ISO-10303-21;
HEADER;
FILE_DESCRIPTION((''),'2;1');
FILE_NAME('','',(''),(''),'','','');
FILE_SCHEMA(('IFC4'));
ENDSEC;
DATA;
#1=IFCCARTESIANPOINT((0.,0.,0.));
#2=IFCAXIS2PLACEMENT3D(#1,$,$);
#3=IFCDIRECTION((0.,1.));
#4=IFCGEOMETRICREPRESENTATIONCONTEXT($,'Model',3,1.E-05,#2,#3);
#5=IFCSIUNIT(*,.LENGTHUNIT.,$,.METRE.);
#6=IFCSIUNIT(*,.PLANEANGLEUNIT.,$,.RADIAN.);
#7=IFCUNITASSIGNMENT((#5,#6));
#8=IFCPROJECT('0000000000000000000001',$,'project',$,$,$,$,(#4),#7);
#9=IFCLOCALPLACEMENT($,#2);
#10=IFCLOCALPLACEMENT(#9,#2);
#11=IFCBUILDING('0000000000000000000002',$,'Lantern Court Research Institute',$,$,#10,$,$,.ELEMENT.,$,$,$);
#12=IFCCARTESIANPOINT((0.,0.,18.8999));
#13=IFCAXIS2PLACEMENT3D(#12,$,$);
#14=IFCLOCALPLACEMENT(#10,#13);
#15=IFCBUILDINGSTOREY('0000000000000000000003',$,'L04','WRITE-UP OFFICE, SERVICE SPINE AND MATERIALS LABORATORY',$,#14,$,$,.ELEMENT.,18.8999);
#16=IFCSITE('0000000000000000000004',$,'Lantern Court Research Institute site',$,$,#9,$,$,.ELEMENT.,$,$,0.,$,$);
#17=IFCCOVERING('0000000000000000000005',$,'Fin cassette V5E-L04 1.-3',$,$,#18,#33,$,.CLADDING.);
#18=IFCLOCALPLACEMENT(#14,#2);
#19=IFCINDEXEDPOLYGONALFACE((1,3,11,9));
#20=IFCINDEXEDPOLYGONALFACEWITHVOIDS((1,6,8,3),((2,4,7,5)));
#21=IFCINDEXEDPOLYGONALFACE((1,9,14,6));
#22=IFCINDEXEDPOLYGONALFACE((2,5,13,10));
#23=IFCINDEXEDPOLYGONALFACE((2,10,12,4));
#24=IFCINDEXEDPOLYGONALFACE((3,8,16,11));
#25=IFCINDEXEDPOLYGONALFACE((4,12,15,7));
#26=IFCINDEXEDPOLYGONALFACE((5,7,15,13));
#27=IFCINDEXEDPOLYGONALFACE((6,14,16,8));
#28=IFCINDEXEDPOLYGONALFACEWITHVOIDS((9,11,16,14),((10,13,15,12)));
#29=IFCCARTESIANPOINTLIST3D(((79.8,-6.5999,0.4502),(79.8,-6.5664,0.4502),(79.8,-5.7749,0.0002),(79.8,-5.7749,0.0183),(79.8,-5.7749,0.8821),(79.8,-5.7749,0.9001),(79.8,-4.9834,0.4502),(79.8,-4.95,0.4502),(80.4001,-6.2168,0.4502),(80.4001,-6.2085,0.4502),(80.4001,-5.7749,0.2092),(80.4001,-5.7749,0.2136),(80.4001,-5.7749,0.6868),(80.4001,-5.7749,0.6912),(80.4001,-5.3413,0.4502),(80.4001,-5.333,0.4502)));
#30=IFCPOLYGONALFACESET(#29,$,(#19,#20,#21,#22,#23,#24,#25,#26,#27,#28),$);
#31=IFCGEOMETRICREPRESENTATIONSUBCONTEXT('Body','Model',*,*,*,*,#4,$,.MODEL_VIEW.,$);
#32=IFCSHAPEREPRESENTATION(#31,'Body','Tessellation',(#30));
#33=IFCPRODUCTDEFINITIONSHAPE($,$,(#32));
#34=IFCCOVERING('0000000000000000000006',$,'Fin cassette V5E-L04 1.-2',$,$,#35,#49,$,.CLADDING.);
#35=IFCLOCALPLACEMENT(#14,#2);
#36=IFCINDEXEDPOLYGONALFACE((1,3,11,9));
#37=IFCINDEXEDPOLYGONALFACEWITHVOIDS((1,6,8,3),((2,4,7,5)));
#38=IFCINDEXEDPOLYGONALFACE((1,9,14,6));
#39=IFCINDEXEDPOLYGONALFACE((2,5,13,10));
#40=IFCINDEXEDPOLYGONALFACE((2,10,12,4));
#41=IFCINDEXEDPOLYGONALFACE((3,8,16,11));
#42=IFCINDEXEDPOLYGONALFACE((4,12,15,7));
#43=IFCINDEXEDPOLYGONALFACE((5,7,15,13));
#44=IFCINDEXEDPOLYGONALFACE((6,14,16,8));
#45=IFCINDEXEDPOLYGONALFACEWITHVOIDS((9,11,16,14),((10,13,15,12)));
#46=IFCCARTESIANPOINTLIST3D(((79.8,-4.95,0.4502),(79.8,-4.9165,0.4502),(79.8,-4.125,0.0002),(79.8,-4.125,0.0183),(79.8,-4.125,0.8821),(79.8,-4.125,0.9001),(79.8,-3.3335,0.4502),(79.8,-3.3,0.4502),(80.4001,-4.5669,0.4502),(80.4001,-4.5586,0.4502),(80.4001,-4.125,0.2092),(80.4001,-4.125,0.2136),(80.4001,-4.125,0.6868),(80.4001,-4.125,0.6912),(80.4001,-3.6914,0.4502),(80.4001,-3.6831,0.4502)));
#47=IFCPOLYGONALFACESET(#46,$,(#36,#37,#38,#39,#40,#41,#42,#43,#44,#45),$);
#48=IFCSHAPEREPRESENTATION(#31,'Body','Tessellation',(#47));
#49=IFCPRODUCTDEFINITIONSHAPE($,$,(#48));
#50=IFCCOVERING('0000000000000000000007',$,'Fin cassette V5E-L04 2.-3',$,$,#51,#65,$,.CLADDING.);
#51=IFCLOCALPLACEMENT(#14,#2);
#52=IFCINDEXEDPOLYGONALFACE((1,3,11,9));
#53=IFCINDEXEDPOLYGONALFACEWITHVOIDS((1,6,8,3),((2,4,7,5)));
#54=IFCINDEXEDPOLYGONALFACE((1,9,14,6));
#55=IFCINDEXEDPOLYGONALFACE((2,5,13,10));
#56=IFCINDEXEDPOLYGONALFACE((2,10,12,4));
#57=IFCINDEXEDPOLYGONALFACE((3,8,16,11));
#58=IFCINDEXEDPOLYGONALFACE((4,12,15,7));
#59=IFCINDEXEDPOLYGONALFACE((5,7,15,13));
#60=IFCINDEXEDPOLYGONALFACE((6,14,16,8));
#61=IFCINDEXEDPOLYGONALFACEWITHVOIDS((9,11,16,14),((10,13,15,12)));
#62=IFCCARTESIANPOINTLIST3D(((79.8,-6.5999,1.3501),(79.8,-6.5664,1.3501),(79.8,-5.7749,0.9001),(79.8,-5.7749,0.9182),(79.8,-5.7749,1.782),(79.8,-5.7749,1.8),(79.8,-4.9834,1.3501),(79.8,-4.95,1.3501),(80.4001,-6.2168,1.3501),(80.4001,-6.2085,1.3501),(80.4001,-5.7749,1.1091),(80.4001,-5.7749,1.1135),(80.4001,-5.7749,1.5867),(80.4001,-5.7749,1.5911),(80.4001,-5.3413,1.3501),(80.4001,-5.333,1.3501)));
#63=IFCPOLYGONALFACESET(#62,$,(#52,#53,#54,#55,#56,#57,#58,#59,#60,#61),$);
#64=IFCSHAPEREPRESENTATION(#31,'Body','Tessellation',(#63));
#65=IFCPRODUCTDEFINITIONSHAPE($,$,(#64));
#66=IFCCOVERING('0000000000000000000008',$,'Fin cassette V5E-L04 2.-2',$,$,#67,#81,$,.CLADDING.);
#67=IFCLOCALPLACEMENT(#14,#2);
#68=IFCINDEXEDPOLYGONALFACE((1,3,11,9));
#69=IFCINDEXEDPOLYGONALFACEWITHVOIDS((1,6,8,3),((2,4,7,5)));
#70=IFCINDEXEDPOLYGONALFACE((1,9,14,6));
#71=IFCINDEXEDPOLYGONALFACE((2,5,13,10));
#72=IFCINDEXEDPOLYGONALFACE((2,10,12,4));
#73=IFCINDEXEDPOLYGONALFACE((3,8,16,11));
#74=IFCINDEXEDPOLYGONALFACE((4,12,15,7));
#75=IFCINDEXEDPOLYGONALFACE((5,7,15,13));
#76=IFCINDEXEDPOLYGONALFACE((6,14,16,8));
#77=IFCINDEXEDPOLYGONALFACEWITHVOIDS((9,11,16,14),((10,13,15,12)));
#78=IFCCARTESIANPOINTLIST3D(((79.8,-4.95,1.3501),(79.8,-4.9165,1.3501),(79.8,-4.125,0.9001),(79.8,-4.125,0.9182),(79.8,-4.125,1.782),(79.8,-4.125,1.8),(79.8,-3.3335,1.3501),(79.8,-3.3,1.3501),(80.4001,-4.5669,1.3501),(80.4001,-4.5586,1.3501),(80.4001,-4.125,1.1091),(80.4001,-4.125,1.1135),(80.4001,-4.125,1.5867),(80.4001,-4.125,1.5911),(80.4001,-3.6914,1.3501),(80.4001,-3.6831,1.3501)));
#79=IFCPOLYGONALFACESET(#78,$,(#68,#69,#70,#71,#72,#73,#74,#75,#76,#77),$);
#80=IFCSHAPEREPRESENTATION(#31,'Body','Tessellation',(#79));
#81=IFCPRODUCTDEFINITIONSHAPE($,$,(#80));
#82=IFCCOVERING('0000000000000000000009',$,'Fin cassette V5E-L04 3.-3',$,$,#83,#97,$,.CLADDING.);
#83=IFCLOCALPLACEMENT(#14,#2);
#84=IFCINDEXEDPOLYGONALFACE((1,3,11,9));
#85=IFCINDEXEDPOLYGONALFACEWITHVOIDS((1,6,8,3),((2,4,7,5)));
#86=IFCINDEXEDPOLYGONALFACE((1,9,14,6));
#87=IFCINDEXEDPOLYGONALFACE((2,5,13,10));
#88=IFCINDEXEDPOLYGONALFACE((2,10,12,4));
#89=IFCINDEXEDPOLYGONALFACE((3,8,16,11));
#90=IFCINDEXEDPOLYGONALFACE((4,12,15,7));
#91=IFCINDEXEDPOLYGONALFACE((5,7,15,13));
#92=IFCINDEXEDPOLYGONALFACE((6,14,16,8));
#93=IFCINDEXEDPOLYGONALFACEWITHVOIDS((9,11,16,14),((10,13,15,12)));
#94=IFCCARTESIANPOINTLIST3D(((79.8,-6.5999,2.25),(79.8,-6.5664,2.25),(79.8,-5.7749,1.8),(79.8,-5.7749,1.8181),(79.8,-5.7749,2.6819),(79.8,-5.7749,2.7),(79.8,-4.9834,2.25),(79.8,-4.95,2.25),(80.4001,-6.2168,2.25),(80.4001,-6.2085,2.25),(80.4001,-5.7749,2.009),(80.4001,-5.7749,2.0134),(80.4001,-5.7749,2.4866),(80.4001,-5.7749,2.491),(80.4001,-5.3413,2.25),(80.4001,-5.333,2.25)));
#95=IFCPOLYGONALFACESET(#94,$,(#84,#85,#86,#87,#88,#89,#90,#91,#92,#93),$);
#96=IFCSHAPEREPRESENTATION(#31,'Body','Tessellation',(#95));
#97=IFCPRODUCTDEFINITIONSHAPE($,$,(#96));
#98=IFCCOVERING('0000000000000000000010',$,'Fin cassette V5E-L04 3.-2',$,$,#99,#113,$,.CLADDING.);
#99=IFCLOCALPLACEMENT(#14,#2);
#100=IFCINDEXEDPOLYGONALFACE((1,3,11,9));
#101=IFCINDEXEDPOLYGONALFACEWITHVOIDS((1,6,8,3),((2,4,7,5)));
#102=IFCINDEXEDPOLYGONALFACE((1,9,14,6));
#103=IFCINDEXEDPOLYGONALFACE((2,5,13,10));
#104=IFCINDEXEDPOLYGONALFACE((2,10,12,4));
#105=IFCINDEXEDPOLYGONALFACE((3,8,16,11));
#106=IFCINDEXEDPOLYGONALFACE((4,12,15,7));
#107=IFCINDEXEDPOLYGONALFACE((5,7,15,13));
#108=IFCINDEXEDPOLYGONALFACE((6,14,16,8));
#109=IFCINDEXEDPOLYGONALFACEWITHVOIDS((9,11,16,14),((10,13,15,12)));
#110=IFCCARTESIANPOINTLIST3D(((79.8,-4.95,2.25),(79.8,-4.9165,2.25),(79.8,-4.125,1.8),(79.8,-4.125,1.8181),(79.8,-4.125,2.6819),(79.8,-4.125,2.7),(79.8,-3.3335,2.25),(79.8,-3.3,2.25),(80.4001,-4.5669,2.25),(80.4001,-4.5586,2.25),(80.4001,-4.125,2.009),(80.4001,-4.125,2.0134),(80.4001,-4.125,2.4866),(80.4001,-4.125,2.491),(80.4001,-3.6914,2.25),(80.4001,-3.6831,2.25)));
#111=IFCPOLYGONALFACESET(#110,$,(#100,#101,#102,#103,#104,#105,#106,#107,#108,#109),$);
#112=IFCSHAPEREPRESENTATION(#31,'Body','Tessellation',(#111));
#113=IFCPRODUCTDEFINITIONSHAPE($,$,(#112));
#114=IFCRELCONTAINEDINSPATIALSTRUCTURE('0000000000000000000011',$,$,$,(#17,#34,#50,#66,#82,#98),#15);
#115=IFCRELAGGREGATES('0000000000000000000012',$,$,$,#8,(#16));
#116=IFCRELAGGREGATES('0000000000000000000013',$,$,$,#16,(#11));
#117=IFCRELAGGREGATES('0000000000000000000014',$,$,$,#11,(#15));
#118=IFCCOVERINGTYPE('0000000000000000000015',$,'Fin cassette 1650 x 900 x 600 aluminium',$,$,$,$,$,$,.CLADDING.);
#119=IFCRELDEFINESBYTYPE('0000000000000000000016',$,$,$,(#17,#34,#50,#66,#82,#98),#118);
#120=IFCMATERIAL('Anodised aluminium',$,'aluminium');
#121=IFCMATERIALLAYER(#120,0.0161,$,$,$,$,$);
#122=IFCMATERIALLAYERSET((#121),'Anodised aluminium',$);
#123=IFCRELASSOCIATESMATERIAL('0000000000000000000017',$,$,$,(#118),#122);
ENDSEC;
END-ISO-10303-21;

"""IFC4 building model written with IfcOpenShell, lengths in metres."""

from ifc_helpers import new_model, entity, si_unit, direction, frame, origin, place, context, subcontext, project, spatial, material, layer, layer_set, type_object, element, save


model = new_model("IFC4")

# Units and contexts
model_context = context("Model", 3, precision=1e-05, world=origin(), true_north=direction((0.0, 1.0)))
body_context = subcontext(model_context, "Body", "Model", "MODEL_VIEW")
ifc_project = project(units=[si_unit("LENGTHUNIT", "METRE"), si_unit("PLANEANGLEUNIT", "RADIAN")], contexts=[model_context])

# Site, building, storey
site_placement = place(None, origin())
site = spatial("IfcSite", under=ifc_project, at=site_placement, Name="Lantern Court Research Institute site", CompositionType="ELEMENT", RefElevation=0.0)
building_placement = place(site_placement, origin())
building = spatial("IfcBuilding", under=site, at=building_placement, Name="Lantern Court Research Institute", CompositionType="ELEMENT")
storey_placement = place(building_placement, frame((0.0, 0.0, 18.8999)))
storey = spatial("IfcBuildingStorey", under=building, at=storey_placement, Name="L04", Description="WRITE-UP OFFICE, SERVICE SPINE AND MATERIALS LABORATORY", CompositionType="ELEMENT", Elevation=18.8999)

# Coverings
ifc_material_1 = material(Name="Anodised aluminium", Category="aluminium")
ifc_layer_1 = layer(ifc_material_1, 0.0161)
ifc_layer_set_1 = layer_set([ifc_layer_1], Name="Anodised aluminium")
covering_type = type_object("IfcCoveringType", Name="Fin cassette 1650 x 900 x 600 aluminium", PredefinedType="CLADDING", material=ifc_layer_set_1)
covering_1_placement = place(storey_placement, frame((79.8, -5.7749, 0.4502), z_axis=(1.0, 0.0, 0.0), x_axis=(0.0, 1.0, 0.0)))
cartesian_point_1 = entity("IfcCartesianPoint", [0.825, 0.0])
cartesian_point_2 = entity("IfcCartesianPoint", [0.7915, 0.0])
cartesian_point_3 = entity("IfcCartesianPoint", [0.4419, 0.0])
cartesian_point_4 = entity("IfcCartesianPoint", [0.4336, 0.0])
element("IfcCovering", 1, at=covering_1_placement, inside=storey, type_object=covering_type, Name="Fin cassette V5E-L04 1.-3", PredefinedType="CLADDING", context=body_context, shape_type="SweptSolid", body=[
    entity("IfcExtrudedAreaSolidTapered", entity("IfcArbitraryProfileDefWithVoids", "AREA", None, entity("IfcPolyline", [cartesian_point_1, entity("IfcCartesianPoint", [0.0, 0.45]), entity("IfcCartesianPoint", [-0.825, 0.0]), entity("IfcCartesianPoint", [0.0, -0.45]), cartesian_point_1]), [entity("IfcPolyline", [cartesian_point_2, entity("IfcCartesianPoint", [0.0, 0.4319]), entity("IfcCartesianPoint", [-0.7915, 0.0]), entity("IfcCartesianPoint", [0.0, -0.4319]), cartesian_point_2])]), entity("IfcAxis2Placement3D", entity("IfcCartesianPoint", [0.0, 0.0, 0.0])), entity("IfcDirection", [0.0, 0.0, 1.0]), 0.6001, entity("IfcArbitraryProfileDefWithVoids", "AREA", None, entity("IfcPolyline", [cartesian_point_3, entity("IfcCartesianPoint", [0.0, 0.241]), entity("IfcCartesianPoint", [-0.4419, 0.0]), entity("IfcCartesianPoint", [0.0, -0.241]), cartesian_point_3]), [entity("IfcPolyline", [cartesian_point_4, entity("IfcCartesianPoint", [0.0, 0.2366]), entity("IfcCartesianPoint", [-0.4336, 0.0]), entity("IfcCartesianPoint", [0.0, -0.2366]), cartesian_point_4])])),
])
covering_2_placement = place(storey_placement, frame((79.8, -4.125, 0.4502), z_axis=(1.0, 0.0, 0.0), x_axis=(0.0, 1.0, 0.0)))
cartesian_point_5 = entity("IfcCartesianPoint", [0.825, 0.0])
cartesian_point_6 = entity("IfcCartesianPoint", [0.7915, 0.0])
cartesian_point_7 = entity("IfcCartesianPoint", [0.4419, 0.0])
cartesian_point_8 = entity("IfcCartesianPoint", [0.4336, 0.0])
element("IfcCovering", 2, at=covering_2_placement, inside=storey, type_object=covering_type, Name="Fin cassette V5E-L04 1.-2", PredefinedType="CLADDING", context=body_context, shape_type="SweptSolid", body=[
    entity("IfcExtrudedAreaSolidTapered", entity("IfcArbitraryProfileDefWithVoids", "AREA", None, entity("IfcPolyline", [cartesian_point_5, entity("IfcCartesianPoint", [0.0, 0.45]), entity("IfcCartesianPoint", [-0.825, 0.0]), entity("IfcCartesianPoint", [0.0, -0.45]), cartesian_point_5]), [entity("IfcPolyline", [cartesian_point_6, entity("IfcCartesianPoint", [0.0, 0.4319]), entity("IfcCartesianPoint", [-0.7915, 0.0]), entity("IfcCartesianPoint", [0.0, -0.4319]), cartesian_point_6])]), entity("IfcAxis2Placement3D", entity("IfcCartesianPoint", [0.0, 0.0, 0.0])), entity("IfcDirection", [0.0, 0.0, 1.0]), 0.6001, entity("IfcArbitraryProfileDefWithVoids", "AREA", None, entity("IfcPolyline", [cartesian_point_7, entity("IfcCartesianPoint", [0.0, 0.241]), entity("IfcCartesianPoint", [-0.4419, 0.0]), entity("IfcCartesianPoint", [0.0, -0.241]), cartesian_point_7]), [entity("IfcPolyline", [cartesian_point_8, entity("IfcCartesianPoint", [0.0, 0.2366]), entity("IfcCartesianPoint", [-0.4336, 0.0]), entity("IfcCartesianPoint", [0.0, -0.2366]), cartesian_point_8])])),
])
covering_3_placement = place(storey_placement, frame((79.8, -5.7749, 1.3501), z_axis=(1.0, 0.0, 0.0), x_axis=(0.0, 1.0, 0.0)))
cartesian_point_9 = entity("IfcCartesianPoint", [0.825, 0.0])
cartesian_point_10 = entity("IfcCartesianPoint", [0.7915, 0.0])
cartesian_point_11 = entity("IfcCartesianPoint", [0.4419, 0.0])
cartesian_point_12 = entity("IfcCartesianPoint", [0.4336, 0.0])
element("IfcCovering", 3, at=covering_3_placement, inside=storey, type_object=covering_type, Name="Fin cassette V5E-L04 2.-3", PredefinedType="CLADDING", context=body_context, shape_type="SweptSolid", body=[
    entity("IfcExtrudedAreaSolidTapered", entity("IfcArbitraryProfileDefWithVoids", "AREA", None, entity("IfcPolyline", [cartesian_point_9, entity("IfcCartesianPoint", [0.0, 0.45]), entity("IfcCartesianPoint", [-0.825, 0.0]), entity("IfcCartesianPoint", [0.0, -0.45]), cartesian_point_9]), [entity("IfcPolyline", [cartesian_point_10, entity("IfcCartesianPoint", [0.0, 0.4319]), entity("IfcCartesianPoint", [-0.7915, 0.0]), entity("IfcCartesianPoint", [0.0, -0.4319]), cartesian_point_10])]), entity("IfcAxis2Placement3D", entity("IfcCartesianPoint", [0.0, 0.0, 0.0])), entity("IfcDirection", [0.0, 0.0, 1.0]), 0.6001, entity("IfcArbitraryProfileDefWithVoids", "AREA", None, entity("IfcPolyline", [cartesian_point_11, entity("IfcCartesianPoint", [0.0, 0.241]), entity("IfcCartesianPoint", [-0.4419, 0.0]), entity("IfcCartesianPoint", [0.0, -0.241]), cartesian_point_11]), [entity("IfcPolyline", [cartesian_point_12, entity("IfcCartesianPoint", [0.0, 0.2366]), entity("IfcCartesianPoint", [-0.4336, 0.0]), entity("IfcCartesianPoint", [0.0, -0.2366]), cartesian_point_12])])),
])
covering_4_placement = place(storey_placement, frame((79.8, -4.125, 1.3501), z_axis=(1.0, 0.0, 0.0), x_axis=(0.0, 1.0, 0.0)))
cartesian_point_13 = entity("IfcCartesianPoint", [0.825, 0.0])
cartesian_point_14 = entity("IfcCartesianPoint", [0.7915, 0.0])
cartesian_point_15 = entity("IfcCartesianPoint", [0.4419, 0.0])
cartesian_point_16 = entity("IfcCartesianPoint", [0.4336, 0.0])
element("IfcCovering", 4, at=covering_4_placement, inside=storey, type_object=covering_type, Name="Fin cassette V5E-L04 2.-2", PredefinedType="CLADDING", context=body_context, shape_type="SweptSolid", body=[
    entity("IfcExtrudedAreaSolidTapered", entity("IfcArbitraryProfileDefWithVoids", "AREA", None, entity("IfcPolyline", [cartesian_point_13, entity("IfcCartesianPoint", [0.0, 0.45]), entity("IfcCartesianPoint", [-0.825, 0.0]), entity("IfcCartesianPoint", [0.0, -0.45]), cartesian_point_13]), [entity("IfcPolyline", [cartesian_point_14, entity("IfcCartesianPoint", [0.0, 0.4319]), entity("IfcCartesianPoint", [-0.7915, 0.0]), entity("IfcCartesianPoint", [0.0, -0.4319]), cartesian_point_14])]), entity("IfcAxis2Placement3D", entity("IfcCartesianPoint", [0.0, 0.0, 0.0])), entity("IfcDirection", [0.0, 0.0, 1.0]), 0.6001, entity("IfcArbitraryProfileDefWithVoids", "AREA", None, entity("IfcPolyline", [cartesian_point_15, entity("IfcCartesianPoint", [0.0, 0.241]), entity("IfcCartesianPoint", [-0.4419, 0.0]), entity("IfcCartesianPoint", [0.0, -0.241]), cartesian_point_15]), [entity("IfcPolyline", [cartesian_point_16, entity("IfcCartesianPoint", [0.0, 0.2366]), entity("IfcCartesianPoint", [-0.4336, 0.0]), entity("IfcCartesianPoint", [0.0, -0.2366]), cartesian_point_16])])),
])
covering_5_placement = place(storey_placement, frame((79.8, -5.7749, 2.25), z_axis=(1.0, 0.0, 0.0), x_axis=(0.0, 1.0, 0.0)))
cartesian_point_17 = entity("IfcCartesianPoint", [0.825, 0.0])
cartesian_point_18 = entity("IfcCartesianPoint", [0.7915, 0.0])
cartesian_point_19 = entity("IfcCartesianPoint", [0.4419, 0.0])
cartesian_point_20 = entity("IfcCartesianPoint", [0.4336, 0.0])
element("IfcCovering", 5, at=covering_5_placement, inside=storey, type_object=covering_type, Name="Fin cassette V5E-L04 3.-3", PredefinedType="CLADDING", context=body_context, shape_type="SweptSolid", body=[
    entity("IfcExtrudedAreaSolidTapered", entity("IfcArbitraryProfileDefWithVoids", "AREA", None, entity("IfcPolyline", [cartesian_point_17, entity("IfcCartesianPoint", [0.0, 0.45]), entity("IfcCartesianPoint", [-0.825, 0.0]), entity("IfcCartesianPoint", [0.0, -0.45]), cartesian_point_17]), [entity("IfcPolyline", [cartesian_point_18, entity("IfcCartesianPoint", [0.0, 0.4319]), entity("IfcCartesianPoint", [-0.7915, 0.0]), entity("IfcCartesianPoint", [0.0, -0.4319]), cartesian_point_18])]), entity("IfcAxis2Placement3D", entity("IfcCartesianPoint", [0.0, 0.0, 0.0])), entity("IfcDirection", [0.0, 0.0, 1.0]), 0.6001, entity("IfcArbitraryProfileDefWithVoids", "AREA", None, entity("IfcPolyline", [cartesian_point_19, entity("IfcCartesianPoint", [0.0, 0.241]), entity("IfcCartesianPoint", [-0.4419, 0.0]), entity("IfcCartesianPoint", [0.0, -0.241]), cartesian_point_19]), [entity("IfcPolyline", [cartesian_point_20, entity("IfcCartesianPoint", [0.0, 0.2366]), entity("IfcCartesianPoint", [-0.4336, 0.0]), entity("IfcCartesianPoint", [0.0, -0.2366]), cartesian_point_20])])),
])
covering_6_placement = place(storey_placement, frame((79.8, -4.125, 2.25), z_axis=(1.0, 0.0, 0.0), x_axis=(0.0, 1.0, 0.0)))
cartesian_point_21 = entity("IfcCartesianPoint", [0.825, 0.0])
cartesian_point_22 = entity("IfcCartesianPoint", [0.7915, 0.0])
cartesian_point_23 = entity("IfcCartesianPoint", [0.4419, 0.0])
cartesian_point_24 = entity("IfcCartesianPoint", [0.4336, 0.0])
element("IfcCovering", 6, at=covering_6_placement, inside=storey, type_object=covering_type, Name="Fin cassette V5E-L04 3.-2", PredefinedType="CLADDING", context=body_context, shape_type="SweptSolid", body=[
    entity("IfcExtrudedAreaSolidTapered", entity("IfcArbitraryProfileDefWithVoids", "AREA", None, entity("IfcPolyline", [cartesian_point_21, entity("IfcCartesianPoint", [0.0, 0.45]), entity("IfcCartesianPoint", [-0.825, 0.0]), entity("IfcCartesianPoint", [0.0, -0.45]), cartesian_point_21]), [entity("IfcPolyline", [cartesian_point_22, entity("IfcCartesianPoint", [0.0, 0.4319]), entity("IfcCartesianPoint", [-0.7915, 0.0]), entity("IfcCartesianPoint", [0.0, -0.4319]), cartesian_point_22])]), entity("IfcAxis2Placement3D", entity("IfcCartesianPoint", [0.0, 0.0, 0.0])), entity("IfcDirection", [0.0, 0.0, 1.0]), 0.6001, entity("IfcArbitraryProfileDefWithVoids", "AREA", None, entity("IfcPolyline", [cartesian_point_23, entity("IfcCartesianPoint", [0.0, 0.241]), entity("IfcCartesianPoint", [-0.4419, 0.0]), entity("IfcCartesianPoint", [0.0, -0.241]), cartesian_point_23]), [entity("IfcPolyline", [cartesian_point_24, entity("IfcCartesianPoint", [0.0, 0.2366]), entity("IfcCartesianPoint", [-0.4336, 0.0]), entity("IfcCartesianPoint", [0.0, -0.2366]), cartesian_point_24])])),
])

save(model, "model.ifc")
